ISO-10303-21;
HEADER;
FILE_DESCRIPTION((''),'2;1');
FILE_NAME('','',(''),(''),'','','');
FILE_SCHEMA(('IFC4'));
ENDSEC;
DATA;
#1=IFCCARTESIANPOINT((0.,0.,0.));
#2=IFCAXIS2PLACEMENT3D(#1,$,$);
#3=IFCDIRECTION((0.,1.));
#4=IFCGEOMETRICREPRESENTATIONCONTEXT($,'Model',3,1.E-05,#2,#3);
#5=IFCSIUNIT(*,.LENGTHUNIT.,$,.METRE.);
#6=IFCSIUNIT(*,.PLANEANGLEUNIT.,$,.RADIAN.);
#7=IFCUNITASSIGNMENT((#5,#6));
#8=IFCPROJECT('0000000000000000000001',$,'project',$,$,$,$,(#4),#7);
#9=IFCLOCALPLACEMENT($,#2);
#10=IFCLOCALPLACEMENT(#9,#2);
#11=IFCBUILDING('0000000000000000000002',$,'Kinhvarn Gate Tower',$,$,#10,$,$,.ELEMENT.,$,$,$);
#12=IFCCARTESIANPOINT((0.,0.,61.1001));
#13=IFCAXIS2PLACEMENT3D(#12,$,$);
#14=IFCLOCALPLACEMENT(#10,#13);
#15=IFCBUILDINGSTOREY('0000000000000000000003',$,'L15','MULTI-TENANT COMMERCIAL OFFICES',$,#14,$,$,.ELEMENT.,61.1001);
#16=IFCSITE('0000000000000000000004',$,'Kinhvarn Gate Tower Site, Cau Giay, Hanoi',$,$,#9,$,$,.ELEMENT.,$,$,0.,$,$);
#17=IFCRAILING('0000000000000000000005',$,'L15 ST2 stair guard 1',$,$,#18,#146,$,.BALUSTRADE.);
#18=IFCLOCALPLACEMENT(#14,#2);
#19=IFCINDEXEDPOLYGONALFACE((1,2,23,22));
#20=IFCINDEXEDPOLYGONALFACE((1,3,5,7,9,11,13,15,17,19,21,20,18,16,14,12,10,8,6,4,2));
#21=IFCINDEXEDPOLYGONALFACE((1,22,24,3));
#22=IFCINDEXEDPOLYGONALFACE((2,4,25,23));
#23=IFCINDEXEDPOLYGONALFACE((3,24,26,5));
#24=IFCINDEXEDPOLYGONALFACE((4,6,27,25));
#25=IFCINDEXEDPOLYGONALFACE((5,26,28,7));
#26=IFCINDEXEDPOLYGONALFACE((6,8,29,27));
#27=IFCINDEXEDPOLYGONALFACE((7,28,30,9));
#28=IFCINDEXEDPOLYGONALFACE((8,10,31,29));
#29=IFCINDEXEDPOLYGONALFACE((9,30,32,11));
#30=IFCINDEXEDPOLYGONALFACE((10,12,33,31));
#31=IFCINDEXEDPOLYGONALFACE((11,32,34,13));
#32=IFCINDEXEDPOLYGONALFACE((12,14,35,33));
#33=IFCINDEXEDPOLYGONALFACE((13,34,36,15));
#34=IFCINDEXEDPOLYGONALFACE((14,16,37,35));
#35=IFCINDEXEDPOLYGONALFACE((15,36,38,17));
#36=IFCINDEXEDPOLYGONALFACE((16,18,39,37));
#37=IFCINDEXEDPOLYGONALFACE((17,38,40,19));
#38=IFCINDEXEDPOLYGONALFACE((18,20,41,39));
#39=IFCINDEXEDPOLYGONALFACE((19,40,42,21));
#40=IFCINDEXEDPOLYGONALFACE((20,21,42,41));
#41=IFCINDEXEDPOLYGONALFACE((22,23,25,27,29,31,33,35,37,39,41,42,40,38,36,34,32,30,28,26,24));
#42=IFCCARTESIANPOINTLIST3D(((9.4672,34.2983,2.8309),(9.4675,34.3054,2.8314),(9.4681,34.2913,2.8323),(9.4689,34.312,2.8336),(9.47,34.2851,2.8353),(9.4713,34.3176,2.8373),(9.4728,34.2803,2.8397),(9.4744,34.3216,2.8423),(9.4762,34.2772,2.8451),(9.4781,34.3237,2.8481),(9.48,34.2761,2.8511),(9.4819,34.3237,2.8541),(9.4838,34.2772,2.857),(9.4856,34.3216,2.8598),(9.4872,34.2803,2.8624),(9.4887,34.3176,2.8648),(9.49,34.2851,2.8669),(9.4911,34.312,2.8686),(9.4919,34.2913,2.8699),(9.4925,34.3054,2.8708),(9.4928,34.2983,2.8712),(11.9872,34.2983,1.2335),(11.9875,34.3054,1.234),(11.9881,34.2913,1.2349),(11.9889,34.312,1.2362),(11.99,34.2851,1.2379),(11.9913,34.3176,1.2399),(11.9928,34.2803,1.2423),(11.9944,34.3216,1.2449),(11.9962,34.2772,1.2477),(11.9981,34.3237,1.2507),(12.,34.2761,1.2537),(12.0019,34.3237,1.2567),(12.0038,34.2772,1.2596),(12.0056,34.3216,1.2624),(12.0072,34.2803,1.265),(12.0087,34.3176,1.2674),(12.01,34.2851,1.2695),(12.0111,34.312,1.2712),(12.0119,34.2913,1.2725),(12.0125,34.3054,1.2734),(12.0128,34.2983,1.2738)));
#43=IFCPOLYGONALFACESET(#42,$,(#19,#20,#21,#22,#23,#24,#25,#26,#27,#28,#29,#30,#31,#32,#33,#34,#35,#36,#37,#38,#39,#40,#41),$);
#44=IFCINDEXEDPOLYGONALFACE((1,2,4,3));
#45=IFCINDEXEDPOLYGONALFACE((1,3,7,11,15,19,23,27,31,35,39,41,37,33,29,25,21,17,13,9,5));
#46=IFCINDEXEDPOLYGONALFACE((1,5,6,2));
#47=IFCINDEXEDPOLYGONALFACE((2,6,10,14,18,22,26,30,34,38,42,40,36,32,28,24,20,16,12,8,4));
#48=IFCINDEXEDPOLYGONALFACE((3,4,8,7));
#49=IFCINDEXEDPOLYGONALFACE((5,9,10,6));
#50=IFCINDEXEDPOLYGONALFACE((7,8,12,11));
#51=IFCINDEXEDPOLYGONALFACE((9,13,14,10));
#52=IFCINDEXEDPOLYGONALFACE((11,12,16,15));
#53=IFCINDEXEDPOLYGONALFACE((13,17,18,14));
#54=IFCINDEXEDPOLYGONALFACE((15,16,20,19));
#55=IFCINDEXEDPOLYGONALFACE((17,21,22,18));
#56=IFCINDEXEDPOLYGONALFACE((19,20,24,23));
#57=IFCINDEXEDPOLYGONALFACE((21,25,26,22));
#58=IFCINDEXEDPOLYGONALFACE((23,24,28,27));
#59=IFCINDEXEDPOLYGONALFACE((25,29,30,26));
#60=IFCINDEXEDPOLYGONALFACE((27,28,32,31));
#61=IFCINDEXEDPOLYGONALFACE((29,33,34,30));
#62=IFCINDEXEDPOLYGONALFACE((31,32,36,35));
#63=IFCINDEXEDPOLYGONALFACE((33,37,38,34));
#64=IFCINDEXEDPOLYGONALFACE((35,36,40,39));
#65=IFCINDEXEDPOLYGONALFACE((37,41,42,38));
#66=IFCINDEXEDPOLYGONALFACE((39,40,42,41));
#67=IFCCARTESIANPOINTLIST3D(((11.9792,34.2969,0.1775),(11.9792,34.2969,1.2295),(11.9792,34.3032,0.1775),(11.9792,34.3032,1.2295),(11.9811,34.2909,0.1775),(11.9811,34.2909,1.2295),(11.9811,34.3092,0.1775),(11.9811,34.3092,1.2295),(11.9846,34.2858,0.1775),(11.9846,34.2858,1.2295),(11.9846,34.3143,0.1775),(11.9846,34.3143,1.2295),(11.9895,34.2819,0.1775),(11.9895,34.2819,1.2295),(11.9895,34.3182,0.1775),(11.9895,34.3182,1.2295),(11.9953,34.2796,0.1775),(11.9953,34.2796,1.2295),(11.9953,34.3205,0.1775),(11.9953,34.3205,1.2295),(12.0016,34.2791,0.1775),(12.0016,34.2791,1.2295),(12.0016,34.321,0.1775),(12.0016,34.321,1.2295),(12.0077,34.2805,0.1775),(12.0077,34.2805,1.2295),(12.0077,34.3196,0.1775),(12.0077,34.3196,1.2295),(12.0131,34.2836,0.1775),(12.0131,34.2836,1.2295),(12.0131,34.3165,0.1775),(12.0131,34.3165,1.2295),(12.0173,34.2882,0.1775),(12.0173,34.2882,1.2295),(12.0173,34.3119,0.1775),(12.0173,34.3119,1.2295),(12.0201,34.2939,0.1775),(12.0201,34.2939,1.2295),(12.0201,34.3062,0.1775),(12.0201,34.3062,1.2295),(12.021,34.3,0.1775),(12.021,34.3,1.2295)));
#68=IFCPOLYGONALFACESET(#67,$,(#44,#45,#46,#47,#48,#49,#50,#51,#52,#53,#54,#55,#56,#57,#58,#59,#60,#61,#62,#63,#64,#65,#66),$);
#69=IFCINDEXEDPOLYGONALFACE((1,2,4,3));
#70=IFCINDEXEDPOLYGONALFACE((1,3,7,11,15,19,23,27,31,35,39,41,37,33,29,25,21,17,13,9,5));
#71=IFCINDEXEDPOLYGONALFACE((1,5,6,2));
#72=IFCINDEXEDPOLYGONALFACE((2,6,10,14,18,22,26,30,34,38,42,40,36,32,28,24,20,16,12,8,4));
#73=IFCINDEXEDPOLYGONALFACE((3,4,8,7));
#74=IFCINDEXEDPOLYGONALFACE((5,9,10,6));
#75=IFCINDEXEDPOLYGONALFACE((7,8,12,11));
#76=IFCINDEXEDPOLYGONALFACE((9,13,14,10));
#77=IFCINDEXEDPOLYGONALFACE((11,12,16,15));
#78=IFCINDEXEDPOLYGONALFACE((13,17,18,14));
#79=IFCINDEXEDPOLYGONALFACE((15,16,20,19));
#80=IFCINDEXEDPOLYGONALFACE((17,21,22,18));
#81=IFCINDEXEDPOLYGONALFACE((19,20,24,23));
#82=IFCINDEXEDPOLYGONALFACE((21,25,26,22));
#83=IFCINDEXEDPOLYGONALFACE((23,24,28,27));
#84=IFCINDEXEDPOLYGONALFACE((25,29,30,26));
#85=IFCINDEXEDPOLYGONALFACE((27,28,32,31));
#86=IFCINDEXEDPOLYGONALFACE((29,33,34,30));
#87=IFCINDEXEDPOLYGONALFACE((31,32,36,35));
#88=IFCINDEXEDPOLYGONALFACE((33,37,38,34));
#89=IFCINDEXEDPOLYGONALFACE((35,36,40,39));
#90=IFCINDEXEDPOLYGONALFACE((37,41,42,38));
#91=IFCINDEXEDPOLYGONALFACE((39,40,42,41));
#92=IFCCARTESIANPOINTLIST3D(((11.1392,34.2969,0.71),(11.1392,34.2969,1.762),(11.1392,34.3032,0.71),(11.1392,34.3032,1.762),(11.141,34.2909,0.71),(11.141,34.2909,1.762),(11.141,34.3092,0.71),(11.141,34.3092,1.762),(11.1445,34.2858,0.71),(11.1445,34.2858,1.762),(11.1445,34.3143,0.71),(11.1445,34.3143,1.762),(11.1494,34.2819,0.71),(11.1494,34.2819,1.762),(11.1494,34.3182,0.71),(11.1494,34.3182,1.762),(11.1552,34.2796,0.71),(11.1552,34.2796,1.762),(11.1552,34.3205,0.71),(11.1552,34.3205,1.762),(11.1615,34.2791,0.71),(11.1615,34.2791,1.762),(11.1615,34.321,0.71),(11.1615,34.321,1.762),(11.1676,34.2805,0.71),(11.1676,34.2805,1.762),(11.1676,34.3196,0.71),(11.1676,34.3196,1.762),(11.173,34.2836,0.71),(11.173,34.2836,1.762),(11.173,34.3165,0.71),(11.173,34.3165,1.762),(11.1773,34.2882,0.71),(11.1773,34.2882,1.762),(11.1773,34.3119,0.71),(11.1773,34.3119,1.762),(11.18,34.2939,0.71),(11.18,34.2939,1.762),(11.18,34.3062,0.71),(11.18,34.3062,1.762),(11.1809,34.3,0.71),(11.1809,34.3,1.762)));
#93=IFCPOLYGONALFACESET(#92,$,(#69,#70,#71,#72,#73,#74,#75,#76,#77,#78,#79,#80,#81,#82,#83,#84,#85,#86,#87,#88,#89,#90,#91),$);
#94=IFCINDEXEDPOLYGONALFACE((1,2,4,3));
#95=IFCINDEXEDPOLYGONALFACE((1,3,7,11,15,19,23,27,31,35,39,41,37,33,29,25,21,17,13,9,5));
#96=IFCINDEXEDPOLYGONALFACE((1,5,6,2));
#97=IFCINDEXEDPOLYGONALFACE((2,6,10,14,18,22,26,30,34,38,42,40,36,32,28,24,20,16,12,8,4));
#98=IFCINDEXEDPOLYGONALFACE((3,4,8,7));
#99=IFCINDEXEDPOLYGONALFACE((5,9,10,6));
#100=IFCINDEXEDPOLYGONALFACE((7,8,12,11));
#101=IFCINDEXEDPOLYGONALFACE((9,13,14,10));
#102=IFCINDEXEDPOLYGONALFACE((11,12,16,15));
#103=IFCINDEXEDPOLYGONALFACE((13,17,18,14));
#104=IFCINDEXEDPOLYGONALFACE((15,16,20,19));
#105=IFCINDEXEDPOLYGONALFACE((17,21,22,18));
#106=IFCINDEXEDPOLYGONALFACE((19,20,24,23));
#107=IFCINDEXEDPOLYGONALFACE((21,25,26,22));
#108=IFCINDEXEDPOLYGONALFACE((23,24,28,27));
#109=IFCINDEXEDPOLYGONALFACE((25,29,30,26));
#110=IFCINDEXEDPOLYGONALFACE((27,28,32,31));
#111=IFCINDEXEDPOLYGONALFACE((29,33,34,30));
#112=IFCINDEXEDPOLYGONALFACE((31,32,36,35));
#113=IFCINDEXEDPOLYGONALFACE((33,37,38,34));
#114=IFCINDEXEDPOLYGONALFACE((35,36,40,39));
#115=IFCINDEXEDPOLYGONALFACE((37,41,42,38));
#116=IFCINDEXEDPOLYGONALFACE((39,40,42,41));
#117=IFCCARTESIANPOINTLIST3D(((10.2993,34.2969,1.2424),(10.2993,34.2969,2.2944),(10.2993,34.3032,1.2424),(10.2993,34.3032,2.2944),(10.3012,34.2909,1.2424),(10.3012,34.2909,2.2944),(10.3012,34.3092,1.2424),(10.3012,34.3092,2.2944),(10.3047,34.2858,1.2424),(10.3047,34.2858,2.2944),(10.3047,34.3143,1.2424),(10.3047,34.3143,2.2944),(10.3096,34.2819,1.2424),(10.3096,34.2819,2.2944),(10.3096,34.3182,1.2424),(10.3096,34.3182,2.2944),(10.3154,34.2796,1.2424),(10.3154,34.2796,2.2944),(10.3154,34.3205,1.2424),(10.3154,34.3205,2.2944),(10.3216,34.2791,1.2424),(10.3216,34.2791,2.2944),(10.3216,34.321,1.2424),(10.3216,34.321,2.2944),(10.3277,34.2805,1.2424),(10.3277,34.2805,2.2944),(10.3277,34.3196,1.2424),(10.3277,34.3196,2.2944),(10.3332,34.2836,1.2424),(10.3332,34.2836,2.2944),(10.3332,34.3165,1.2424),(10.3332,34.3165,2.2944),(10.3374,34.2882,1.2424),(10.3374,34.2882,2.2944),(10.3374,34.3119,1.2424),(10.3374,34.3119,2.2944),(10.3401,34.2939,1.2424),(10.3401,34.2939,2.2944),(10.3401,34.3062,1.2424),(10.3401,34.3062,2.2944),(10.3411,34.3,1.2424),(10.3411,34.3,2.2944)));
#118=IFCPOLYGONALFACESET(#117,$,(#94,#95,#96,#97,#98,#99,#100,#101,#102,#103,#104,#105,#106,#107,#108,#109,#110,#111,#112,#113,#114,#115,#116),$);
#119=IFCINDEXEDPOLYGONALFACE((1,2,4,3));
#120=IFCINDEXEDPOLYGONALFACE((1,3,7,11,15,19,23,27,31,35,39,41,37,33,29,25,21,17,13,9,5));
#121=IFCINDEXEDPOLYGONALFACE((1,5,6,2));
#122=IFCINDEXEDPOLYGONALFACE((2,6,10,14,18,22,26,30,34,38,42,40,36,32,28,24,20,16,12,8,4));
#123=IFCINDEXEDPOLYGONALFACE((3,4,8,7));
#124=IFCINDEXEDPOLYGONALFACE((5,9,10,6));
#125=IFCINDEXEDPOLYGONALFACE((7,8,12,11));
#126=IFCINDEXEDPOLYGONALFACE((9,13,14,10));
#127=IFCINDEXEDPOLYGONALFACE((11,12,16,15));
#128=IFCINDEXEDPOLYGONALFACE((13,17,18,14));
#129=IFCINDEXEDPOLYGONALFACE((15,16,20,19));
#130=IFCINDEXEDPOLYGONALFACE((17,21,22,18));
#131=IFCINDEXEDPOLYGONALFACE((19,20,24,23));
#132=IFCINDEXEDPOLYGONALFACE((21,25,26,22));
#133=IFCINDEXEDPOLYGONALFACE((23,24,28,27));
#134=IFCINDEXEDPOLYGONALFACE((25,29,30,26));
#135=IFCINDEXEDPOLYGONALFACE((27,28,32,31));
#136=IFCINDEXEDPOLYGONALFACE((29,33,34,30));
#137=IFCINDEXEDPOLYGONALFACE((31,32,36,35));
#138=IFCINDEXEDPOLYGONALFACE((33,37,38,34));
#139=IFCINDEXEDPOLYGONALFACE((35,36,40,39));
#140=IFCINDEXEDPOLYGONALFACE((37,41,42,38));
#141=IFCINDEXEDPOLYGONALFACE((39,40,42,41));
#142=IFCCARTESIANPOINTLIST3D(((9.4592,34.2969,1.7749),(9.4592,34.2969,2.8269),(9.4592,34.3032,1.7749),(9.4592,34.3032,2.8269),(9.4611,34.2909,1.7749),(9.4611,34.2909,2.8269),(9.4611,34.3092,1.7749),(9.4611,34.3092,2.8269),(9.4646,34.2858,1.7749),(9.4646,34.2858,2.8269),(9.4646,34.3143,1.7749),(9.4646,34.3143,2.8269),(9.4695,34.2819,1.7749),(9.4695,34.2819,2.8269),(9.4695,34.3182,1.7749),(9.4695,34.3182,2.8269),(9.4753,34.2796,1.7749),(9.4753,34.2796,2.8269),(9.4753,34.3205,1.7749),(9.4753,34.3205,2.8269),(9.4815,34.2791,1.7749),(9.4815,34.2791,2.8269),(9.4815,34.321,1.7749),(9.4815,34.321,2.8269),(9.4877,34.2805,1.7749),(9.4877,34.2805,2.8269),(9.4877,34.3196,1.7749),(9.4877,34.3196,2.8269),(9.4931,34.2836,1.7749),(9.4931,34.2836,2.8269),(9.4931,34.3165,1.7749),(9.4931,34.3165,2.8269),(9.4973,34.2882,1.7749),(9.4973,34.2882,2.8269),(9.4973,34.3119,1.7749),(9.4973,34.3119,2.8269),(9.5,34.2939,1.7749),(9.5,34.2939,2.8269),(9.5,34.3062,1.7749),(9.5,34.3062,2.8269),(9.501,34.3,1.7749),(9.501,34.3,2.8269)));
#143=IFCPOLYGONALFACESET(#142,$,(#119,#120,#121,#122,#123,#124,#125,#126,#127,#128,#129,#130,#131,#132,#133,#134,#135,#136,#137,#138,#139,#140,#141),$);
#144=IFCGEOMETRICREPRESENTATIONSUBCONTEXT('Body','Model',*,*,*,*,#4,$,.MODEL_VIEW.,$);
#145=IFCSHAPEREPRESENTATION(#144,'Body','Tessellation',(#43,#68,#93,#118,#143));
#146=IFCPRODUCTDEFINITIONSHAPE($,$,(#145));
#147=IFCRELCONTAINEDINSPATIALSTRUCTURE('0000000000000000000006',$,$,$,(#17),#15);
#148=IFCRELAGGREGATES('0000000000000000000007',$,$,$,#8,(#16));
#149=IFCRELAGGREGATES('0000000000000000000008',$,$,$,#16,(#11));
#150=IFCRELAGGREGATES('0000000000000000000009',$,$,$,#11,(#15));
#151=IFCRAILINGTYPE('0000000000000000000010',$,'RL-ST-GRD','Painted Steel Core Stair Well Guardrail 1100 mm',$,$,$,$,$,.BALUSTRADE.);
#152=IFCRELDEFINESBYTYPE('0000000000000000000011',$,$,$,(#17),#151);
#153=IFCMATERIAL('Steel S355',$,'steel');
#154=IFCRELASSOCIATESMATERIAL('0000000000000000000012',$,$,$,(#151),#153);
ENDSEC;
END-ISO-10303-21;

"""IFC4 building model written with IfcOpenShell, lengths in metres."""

from ifc_helpers import new_model, si_unit, direction, frame, origin, origin_2d, place, context, subcontext, project, spatial, circle, extrude, material, type_object, element, save


model = new_model("IFC4")

# Units and contexts
model_context = context("Model", 3, precision=1e-05, world=origin(), true_north=direction((0.0, 1.0)))
body_context = subcontext(model_context, "Body", "Model", "MODEL_VIEW")
ifc_project = project(units=[si_unit("LENGTHUNIT", "METRE"), si_unit("PLANEANGLEUNIT", "RADIAN")], contexts=[model_context])

# Site, building, storey
site_placement = place(None, origin())
site = spatial("IfcSite", under=ifc_project, at=site_placement, Name="Kinhvarn Gate Tower Site, Cau Giay, Hanoi", CompositionType="ELEMENT", RefElevation=0.0)
building_placement = place(site_placement, origin())
building = spatial("IfcBuilding", under=site, at=building_placement, Name="Kinhvarn Gate Tower", CompositionType="ELEMENT")
storey_placement = place(building_placement, frame((0.0, 0.0, 61.1001)))
storey = spatial("IfcBuildingStorey", under=building, at=storey_placement, Name="L15", Description="MULTI-TENANT COMMERCIAL OFFICES", CompositionType="ELEMENT", Elevation=61.1001)

# Shared definitions
ifc_material_1 = material(Name="Steel S355", Category="steel")

# Railing
railing_type_1 = type_object("IfcRailingType", Name="RL-ST-GRD", Description="Painted Steel Core Stair Well Guardrail 1100 mm", PredefinedType="BALUSTRADE", material=ifc_material_1)
railing_1_placement = place(storey_placement, frame((12.0, 34.3, 0.1775)))
element("IfcRailing", 1, at=railing_1_placement, inside=storey, type_object=railing_type_1, Name="L15 ST2 stair guard 1", PredefinedType="BALUSTRADE", context=body_context, shape_type="SweptSolid", body=[
    extrude(circle(Radius=0.0239, at=origin_2d()), frame((0.0, 0.0, 1.0762), z_axis=(-0.844607, 0.0, 0.535387), x_axis=(0.0, -1.0, 0.0)), (0.0, 0.0, 1.0), 2.9836),
    extrude(circle(Radius=0.021, at=origin_2d()), origin(), (0.0, 0.0, 1.0), 1.052),
    extrude(circle(Radius=0.021, at=origin_2d()), frame((-0.8401, 0.0, 0.5325)), (0.0, 0.0, 1.0), 1.052),
    extrude(circle(Radius=0.021, at=origin_2d()), frame((-1.6799, 0.0, 1.0649)), (0.0, 0.0, 1.0), 1.052),
    extrude(circle(Radius=0.021, at=origin_2d()), frame((-2.52, 0.0, 1.5974)), (0.0, 0.0, 1.0), 1.052),
])

save(model, "model.ifc")
